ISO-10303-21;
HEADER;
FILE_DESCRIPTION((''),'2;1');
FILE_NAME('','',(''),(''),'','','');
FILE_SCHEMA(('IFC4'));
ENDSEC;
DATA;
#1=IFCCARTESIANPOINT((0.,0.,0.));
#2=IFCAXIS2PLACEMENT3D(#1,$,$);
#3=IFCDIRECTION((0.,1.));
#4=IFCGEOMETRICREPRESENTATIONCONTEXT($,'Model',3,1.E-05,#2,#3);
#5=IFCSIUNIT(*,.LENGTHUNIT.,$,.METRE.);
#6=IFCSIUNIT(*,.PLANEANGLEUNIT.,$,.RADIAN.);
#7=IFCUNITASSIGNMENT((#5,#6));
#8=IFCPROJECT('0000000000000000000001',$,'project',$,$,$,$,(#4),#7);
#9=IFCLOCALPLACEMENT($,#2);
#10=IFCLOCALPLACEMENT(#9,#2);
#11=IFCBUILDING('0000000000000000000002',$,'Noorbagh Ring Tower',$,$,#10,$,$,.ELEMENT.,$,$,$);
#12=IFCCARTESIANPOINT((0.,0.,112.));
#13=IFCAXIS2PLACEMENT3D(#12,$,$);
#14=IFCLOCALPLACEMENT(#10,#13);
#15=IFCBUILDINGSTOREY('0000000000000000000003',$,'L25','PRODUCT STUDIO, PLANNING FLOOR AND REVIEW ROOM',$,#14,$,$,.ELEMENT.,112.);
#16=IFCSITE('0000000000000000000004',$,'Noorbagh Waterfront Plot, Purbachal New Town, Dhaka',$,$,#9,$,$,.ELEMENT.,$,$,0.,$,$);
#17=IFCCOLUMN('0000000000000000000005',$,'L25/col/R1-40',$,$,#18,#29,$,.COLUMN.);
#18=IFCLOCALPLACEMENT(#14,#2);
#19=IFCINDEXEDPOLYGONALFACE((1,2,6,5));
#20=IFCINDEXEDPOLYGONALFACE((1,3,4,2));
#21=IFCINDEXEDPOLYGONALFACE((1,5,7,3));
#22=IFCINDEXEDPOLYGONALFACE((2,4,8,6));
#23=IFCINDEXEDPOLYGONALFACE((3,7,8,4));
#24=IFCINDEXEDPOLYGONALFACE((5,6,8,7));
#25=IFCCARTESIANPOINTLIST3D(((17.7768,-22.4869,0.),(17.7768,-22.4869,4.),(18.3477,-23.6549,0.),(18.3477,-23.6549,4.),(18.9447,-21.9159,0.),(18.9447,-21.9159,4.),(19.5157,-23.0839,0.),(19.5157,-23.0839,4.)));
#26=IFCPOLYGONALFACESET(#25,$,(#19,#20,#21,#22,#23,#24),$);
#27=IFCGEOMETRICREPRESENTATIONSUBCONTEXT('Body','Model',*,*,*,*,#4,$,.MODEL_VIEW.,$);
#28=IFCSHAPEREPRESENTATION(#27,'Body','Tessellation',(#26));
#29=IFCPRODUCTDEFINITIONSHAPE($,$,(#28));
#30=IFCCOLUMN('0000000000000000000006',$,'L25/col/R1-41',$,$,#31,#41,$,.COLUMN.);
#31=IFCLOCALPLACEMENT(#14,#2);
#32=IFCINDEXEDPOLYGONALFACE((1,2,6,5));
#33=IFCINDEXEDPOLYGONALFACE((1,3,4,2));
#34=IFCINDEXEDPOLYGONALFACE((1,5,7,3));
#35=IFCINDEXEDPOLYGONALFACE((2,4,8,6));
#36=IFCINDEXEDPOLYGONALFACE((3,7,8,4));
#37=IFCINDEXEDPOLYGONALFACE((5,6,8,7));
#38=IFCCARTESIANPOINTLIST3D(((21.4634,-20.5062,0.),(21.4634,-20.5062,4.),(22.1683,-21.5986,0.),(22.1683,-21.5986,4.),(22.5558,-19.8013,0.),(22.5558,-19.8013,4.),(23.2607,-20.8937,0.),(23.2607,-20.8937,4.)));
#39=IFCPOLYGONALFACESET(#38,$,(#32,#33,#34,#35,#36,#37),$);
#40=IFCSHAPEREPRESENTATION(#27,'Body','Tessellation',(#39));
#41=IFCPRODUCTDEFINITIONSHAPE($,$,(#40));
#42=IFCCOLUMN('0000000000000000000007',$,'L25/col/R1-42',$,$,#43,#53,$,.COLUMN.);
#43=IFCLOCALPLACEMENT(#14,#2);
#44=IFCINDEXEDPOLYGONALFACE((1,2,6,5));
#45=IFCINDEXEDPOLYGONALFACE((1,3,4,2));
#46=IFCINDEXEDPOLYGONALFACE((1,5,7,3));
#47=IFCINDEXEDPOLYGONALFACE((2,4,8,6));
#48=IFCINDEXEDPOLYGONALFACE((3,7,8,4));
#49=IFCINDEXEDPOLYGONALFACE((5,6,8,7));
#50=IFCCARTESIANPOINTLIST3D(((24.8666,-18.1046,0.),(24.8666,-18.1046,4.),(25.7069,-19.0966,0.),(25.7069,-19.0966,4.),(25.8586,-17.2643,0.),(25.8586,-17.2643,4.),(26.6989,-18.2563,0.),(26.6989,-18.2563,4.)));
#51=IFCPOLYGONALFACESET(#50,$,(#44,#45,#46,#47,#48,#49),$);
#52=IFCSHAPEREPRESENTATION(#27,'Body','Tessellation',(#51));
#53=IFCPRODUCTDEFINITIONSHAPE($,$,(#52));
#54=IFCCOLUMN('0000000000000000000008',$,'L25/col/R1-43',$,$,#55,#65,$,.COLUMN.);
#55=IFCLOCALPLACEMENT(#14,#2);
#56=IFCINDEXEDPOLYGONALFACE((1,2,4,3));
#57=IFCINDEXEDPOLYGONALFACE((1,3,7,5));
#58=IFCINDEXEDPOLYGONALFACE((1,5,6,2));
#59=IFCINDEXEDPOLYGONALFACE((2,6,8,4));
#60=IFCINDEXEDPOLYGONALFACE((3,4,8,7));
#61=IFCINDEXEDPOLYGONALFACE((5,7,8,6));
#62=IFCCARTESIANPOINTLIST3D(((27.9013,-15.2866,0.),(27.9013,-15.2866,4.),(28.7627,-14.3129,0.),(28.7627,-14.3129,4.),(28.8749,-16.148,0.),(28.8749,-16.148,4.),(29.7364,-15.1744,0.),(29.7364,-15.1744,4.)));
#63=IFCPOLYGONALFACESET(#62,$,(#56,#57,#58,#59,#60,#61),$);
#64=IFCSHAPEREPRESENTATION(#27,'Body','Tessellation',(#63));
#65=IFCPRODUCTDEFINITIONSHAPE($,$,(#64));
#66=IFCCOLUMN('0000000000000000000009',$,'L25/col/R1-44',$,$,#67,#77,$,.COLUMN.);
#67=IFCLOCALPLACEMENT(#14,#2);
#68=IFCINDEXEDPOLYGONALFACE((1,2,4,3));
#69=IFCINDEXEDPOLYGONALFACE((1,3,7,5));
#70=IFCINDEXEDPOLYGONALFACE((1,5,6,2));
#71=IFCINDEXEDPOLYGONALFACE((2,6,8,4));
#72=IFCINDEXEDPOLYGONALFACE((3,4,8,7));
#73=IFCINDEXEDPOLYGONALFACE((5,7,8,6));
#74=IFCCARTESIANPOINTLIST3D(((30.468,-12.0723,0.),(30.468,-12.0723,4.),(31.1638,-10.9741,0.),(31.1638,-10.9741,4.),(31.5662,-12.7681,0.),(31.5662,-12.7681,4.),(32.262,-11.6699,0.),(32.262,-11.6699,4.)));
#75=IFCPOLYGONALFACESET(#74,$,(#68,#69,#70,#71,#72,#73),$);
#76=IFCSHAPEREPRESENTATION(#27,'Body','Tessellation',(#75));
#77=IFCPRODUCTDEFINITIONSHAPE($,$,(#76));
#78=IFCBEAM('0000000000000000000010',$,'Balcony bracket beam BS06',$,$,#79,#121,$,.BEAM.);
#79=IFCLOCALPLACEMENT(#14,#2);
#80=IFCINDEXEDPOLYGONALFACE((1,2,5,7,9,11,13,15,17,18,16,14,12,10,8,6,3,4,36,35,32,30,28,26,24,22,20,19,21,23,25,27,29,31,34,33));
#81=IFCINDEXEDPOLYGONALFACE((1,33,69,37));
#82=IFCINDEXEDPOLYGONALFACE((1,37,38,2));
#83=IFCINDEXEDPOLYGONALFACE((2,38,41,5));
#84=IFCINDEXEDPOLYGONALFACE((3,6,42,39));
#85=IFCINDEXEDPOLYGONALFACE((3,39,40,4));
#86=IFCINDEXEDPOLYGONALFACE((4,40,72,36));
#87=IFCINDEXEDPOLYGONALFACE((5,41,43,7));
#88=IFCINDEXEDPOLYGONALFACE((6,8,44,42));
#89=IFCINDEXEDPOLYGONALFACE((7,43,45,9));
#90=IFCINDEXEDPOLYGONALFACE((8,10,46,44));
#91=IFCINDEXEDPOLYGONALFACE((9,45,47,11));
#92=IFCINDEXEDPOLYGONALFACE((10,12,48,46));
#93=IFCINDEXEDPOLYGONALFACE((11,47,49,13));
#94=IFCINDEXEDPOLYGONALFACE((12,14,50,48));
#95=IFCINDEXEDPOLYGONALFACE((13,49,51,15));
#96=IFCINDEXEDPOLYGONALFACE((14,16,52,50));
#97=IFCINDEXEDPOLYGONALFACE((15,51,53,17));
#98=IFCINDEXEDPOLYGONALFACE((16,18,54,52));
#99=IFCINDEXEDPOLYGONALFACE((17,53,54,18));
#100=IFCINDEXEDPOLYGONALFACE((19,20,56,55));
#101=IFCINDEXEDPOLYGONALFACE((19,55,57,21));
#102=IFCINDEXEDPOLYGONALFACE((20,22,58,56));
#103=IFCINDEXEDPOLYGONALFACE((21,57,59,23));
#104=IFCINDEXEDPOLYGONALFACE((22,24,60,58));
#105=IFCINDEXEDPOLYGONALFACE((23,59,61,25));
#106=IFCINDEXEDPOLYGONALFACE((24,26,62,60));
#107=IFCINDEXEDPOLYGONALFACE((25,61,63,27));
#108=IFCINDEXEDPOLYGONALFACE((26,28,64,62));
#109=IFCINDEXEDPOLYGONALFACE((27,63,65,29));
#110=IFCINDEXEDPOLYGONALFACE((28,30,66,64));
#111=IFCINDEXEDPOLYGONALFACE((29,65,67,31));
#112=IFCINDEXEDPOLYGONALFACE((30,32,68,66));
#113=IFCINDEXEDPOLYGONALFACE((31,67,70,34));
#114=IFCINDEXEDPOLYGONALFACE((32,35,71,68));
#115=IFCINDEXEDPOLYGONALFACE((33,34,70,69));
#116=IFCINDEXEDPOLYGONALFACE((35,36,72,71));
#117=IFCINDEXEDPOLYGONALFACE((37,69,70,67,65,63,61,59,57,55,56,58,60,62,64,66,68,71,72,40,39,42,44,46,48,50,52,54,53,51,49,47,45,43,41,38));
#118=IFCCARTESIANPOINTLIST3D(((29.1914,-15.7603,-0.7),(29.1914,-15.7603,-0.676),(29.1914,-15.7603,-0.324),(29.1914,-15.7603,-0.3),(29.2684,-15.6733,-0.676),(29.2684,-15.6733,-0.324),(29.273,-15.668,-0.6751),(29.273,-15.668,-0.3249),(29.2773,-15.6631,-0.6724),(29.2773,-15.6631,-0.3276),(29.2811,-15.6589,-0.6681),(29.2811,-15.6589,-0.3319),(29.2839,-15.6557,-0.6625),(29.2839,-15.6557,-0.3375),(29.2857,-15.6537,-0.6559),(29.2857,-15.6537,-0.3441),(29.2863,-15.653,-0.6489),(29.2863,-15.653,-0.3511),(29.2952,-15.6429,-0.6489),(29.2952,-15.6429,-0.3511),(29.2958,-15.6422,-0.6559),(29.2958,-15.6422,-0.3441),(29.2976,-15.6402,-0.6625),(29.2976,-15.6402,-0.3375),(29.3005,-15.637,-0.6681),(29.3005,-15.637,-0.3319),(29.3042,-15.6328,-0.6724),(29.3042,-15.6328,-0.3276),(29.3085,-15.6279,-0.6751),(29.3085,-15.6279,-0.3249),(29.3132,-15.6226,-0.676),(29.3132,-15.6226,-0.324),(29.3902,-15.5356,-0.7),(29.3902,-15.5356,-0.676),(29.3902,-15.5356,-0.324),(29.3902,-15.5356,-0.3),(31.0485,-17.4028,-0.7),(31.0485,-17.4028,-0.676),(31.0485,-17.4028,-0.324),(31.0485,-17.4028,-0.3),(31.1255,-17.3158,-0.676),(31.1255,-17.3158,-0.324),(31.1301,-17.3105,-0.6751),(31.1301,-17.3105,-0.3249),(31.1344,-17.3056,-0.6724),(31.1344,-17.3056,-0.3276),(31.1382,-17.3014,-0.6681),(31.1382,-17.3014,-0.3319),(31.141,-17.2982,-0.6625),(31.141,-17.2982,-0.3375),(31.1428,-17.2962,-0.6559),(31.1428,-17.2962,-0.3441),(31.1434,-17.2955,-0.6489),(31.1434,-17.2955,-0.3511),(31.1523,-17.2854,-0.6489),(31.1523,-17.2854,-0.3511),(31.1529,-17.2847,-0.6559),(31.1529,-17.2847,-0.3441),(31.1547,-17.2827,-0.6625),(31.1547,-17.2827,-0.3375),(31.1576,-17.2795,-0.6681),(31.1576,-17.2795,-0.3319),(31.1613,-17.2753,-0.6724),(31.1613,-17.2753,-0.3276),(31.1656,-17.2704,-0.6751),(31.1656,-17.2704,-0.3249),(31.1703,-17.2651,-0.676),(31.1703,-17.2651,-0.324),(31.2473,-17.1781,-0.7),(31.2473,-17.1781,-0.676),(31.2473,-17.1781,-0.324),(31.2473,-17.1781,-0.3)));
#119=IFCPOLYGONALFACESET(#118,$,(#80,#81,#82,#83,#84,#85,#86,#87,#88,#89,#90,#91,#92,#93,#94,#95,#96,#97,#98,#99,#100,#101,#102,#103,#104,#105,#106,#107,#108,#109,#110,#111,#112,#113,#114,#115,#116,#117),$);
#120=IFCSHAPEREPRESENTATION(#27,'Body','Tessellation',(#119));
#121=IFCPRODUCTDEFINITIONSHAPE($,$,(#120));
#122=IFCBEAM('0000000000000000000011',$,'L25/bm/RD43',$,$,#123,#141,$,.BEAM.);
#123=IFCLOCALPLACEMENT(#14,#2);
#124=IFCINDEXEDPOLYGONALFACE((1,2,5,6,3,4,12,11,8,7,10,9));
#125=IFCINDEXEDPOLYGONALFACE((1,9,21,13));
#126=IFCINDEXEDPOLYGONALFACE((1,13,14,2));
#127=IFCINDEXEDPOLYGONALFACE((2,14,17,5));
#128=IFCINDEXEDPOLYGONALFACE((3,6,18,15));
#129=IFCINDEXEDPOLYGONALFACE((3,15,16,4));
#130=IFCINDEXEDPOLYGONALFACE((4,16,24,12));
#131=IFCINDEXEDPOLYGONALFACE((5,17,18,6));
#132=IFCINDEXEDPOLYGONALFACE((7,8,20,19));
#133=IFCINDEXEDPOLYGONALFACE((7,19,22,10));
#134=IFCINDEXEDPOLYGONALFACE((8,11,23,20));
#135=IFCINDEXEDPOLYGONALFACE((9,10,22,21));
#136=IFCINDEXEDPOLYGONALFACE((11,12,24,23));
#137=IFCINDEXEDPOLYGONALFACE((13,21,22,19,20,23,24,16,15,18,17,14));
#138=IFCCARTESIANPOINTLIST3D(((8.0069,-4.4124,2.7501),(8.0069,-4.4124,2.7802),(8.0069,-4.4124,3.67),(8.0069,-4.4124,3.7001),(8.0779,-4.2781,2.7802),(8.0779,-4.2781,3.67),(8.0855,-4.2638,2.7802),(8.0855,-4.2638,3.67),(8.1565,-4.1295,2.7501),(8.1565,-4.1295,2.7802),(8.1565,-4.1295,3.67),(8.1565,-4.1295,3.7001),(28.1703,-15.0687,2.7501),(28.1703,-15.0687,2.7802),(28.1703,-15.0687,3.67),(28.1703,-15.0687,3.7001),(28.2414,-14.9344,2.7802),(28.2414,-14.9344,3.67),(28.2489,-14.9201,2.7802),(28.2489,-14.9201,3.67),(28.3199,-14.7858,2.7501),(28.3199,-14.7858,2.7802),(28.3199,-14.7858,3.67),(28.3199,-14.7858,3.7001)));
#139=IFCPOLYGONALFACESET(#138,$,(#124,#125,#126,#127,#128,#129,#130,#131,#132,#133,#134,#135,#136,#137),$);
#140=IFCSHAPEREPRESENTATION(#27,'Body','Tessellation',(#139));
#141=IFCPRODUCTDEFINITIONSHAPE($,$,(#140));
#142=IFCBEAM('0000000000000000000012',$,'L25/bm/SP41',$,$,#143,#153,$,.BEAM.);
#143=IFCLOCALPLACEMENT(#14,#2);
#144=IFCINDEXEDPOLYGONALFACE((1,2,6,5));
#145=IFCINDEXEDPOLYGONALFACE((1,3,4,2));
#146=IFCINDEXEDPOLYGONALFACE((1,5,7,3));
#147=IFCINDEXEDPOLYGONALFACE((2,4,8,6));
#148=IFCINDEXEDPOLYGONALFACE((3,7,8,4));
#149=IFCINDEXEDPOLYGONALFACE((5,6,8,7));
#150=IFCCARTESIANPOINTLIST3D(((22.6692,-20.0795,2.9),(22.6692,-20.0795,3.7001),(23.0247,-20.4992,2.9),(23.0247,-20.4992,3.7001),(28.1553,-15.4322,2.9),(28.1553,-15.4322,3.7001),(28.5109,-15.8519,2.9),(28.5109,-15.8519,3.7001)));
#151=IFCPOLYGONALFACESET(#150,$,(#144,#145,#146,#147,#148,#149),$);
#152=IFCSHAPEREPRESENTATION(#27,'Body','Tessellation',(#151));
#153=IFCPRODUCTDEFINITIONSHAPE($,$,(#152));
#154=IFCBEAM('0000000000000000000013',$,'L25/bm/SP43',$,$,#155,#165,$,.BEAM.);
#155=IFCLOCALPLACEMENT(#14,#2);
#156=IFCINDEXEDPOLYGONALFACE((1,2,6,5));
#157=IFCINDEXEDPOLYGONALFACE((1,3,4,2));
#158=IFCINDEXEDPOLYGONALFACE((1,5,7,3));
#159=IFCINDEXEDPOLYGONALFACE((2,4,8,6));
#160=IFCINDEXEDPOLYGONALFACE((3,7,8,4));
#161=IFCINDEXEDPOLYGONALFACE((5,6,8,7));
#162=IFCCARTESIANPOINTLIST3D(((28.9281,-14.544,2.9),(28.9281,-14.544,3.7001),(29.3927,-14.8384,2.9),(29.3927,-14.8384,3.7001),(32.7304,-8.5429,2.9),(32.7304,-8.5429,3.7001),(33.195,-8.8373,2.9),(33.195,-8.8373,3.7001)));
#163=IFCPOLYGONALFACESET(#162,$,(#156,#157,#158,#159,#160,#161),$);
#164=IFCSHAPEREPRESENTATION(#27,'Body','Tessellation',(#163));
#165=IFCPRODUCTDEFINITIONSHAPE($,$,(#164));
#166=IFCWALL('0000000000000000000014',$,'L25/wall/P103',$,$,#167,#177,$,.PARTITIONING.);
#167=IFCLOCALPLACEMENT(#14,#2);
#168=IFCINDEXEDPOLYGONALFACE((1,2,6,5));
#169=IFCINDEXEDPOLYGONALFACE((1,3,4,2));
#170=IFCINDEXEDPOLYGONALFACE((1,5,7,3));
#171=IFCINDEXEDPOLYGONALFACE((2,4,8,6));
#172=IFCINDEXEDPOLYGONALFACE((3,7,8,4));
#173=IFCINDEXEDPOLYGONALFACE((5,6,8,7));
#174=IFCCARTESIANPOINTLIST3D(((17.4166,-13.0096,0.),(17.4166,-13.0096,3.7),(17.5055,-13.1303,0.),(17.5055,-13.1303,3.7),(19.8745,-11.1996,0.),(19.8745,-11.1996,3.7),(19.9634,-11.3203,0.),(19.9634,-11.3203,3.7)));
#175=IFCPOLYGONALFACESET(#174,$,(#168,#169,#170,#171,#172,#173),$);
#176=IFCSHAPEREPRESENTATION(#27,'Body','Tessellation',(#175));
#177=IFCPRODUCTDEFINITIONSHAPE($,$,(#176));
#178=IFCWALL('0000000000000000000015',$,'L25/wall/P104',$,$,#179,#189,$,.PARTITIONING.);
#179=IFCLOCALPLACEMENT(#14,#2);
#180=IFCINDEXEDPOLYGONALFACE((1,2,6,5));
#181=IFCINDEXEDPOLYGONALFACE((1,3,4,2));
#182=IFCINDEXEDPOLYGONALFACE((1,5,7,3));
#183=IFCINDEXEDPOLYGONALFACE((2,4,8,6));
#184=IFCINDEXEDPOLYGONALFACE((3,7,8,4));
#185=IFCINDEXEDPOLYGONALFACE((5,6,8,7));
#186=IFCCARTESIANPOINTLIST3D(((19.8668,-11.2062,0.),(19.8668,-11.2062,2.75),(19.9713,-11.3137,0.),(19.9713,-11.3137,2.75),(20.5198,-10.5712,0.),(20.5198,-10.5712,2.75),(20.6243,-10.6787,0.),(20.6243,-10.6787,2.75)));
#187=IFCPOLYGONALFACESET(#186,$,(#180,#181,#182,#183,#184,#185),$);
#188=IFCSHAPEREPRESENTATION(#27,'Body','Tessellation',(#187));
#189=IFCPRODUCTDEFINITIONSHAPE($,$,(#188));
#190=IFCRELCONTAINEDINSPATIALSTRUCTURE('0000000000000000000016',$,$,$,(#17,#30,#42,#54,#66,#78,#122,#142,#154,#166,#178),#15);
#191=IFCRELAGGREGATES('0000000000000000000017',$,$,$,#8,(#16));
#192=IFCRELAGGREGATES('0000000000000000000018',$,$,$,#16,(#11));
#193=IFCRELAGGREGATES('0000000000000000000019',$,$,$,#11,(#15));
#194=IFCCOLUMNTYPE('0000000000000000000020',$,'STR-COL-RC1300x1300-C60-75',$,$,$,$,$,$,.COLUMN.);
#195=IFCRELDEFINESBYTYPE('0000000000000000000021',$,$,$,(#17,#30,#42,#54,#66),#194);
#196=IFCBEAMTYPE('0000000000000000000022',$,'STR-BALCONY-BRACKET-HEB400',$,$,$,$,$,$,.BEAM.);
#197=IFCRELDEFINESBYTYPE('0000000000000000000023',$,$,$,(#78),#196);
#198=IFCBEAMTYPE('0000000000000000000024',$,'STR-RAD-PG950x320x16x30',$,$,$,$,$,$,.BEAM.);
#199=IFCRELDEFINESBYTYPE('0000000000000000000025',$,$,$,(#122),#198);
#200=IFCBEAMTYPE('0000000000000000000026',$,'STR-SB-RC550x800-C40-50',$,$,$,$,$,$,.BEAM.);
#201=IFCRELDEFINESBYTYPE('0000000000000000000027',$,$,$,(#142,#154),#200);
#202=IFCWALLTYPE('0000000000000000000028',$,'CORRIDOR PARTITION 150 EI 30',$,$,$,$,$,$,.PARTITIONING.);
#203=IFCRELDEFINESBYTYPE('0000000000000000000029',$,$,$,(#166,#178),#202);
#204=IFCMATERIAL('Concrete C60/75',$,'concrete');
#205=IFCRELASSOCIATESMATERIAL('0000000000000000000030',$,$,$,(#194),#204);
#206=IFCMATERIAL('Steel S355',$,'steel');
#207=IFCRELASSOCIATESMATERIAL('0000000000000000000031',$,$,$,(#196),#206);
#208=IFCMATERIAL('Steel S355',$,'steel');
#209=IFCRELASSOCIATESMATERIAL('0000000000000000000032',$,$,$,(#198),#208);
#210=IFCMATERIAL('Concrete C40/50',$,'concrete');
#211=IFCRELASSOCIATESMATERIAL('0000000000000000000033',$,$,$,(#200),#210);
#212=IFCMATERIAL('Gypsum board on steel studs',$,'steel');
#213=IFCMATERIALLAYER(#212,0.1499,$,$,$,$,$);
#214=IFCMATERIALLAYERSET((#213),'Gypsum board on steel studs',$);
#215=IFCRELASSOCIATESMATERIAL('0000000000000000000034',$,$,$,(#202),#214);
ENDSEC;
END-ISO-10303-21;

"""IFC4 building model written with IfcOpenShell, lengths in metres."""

from ifc_helpers import new_model, si_unit, direction, frame, frame_2d, origin, origin_2d, place, context, subcontext, project, spatial, rectangle, i_section, extrude, material, layer, layer_set, material_profile, profile_set, type_object, element, save


model = new_model("IFC4")

# Units and contexts
model_context = context("Model", 3, precision=1e-05, world=origin(), true_north=direction((0.0, 1.0)))
body_context = subcontext(model_context, "Body", "Model", "MODEL_VIEW")
ifc_project = project(units=[si_unit("LENGTHUNIT", "METRE"), si_unit("PLANEANGLEUNIT", "RADIAN")], contexts=[model_context])

# Site, building, storey
site_placement = place(None, origin())
site = spatial("IfcSite", under=ifc_project, at=site_placement, Name="Noorbagh Waterfront Plot, Purbachal New Town, Dhaka", CompositionType="ELEMENT", RefElevation=0.0)
building_placement = place(site_placement, origin())
building = spatial("IfcBuilding", under=site, at=building_placement, Name="Noorbagh Ring Tower", CompositionType="ELEMENT")
storey_placement = place(building_placement, frame((0.0, 0.0, 112.0)))
storey = spatial("IfcBuildingStorey", under=building, at=storey_placement, Name="L25", Description="PRODUCT STUDIO, PLANNING FLOOR AND REVIEW ROOM", CompositionType="ELEMENT", Elevation=112.0)

# Columns
ifc_material_1 = material(Name="Concrete C60/75", Category="concrete")
ifc_material_profile_1 = material_profile(ifc_material_1, rectangle(XDim=1.3, YDim=1.3, at=origin_2d()), Name="RC1300x1300")
ifc_profile_set_1 = profile_set([ifc_material_profile_1], Name="Concrete C60/75")
column_type = type_object("IfcColumnType", Name="STR-COL-RC1300x1300-C60-75", PredefinedType="COLUMN", material=ifc_profile_set_1)
for number, where, z_axis, x_axis, name in (
    (1, (18.6462, -22.7854, 0.0), (0.0, 0.0, 1.0), (0.898399, 0.43918, 0.0), "L25/col/R1-40"),
    (2, (22.3621, -20.7, 0.0), (0.0, 0.0, 1.0), (0.840248, 0.542203, 0.0), "L25/col/R1-41"),
    (3, (25.7827, -18.1804, 0.0), (0.0, 0.0, 1.0), (0.763035, 0.646357, 0.0), "L25/col/R1-42"),
    (4, (28.8188, -15.2305, 0.0), (0.0, 0.0, 1.0), (0.662636, 0.748942, 0.0), "L25/col/R1-43"),
    (5, (31.365, -11.8711, 0.0), (0.0, 0.0, 1.0), (0.53519, 0.844731, 0.0), "L25/col/R1-44"),
):
    element("IfcColumn", number, at=place(storey_placement, frame(where, z_axis=z_axis, x_axis=x_axis)), inside=storey, type_object=column_type, Name=name, PredefinedType="COLUMN", context=body_context, shape_type="SweptSolid", body=[
        extrude(rectangle(XDim=1.3, YDim=1.3, at=origin_2d()), origin(), (0.0, 0.0, 1.0), 4.0),
    ])

# Beams
ifc_material_2 = material(Name="Steel S355", Category="steel")
ifc_material_profile_2 = material_profile(ifc_material_2, i_section(OverallWidth=0.3, OverallDepth=0.3999, WebThickness=0.0134, FlangeThickness=0.0239, FilletRadius=0.0271, at=origin_2d()), Name="HEB400")
ifc_profile_set_2 = profile_set([ifc_material_profile_2], Name="Steel S355")
beam_type_1 = type_object("IfcBeamType", Name="STR-BALCONY-BRACKET-HEB400", PredefinedType="BEAM", material=ifc_profile_set_2)
beam_1_placement = place(storey_placement, frame((29.2908, -15.6479, -0.5), z_axis=(0.749059, -0.662504, 0.0), x_axis=(0.662504, 0.749059, 0.0)))
element("IfcBeam", 6, at=beam_1_placement, inside=storey, type_object=beam_type_1, Name="Balcony bracket beam BS06", PredefinedType="BEAM", context=body_context, shape_type="SweptSolid", body=[
    extrude(i_section(OverallWidth=0.3, OverallDepth=0.3999, WebThickness=0.0134, FlangeThickness=0.0239, FilletRadius=0.0271, at=origin_2d()), origin(), (0.0, 0.0, 1.0), 2.4792),
])
ifc_material_3 = material(Name="Steel S355", Category="steel")
ifc_material_profile_3 = material_profile(ifc_material_3, i_section(OverallWidth=0.3201, OverallDepth=0.95, WebThickness=0.0161, FlangeThickness=0.03, at=origin_2d()), Name="PG950x320x16x30")
ifc_profile_set_3 = profile_set([ifc_material_profile_3], Name="Steel S355")
beam_type_2 = type_object("IfcBeamType", Name="STR-RAD-PG950x320x16x30", PredefinedType="BEAM", material=ifc_profile_set_3)
beam_2_placement = place(storey_placement, frame((28.2451, -14.9272, 3.2251), z_axis=(-0.884122, 0.467256, 0.0), x_axis=(-0.467256, -0.884122, 0.0)))
element("IfcBeam", 7, at=beam_2_placement, inside=storey, type_object=beam_type_2, Name="L25/bm/RD43", PredefinedType="BEAM", context=body_context, shape_type="SweptSolid", body=[
    extrude(i_section(OverallWidth=0.3201, OverallDepth=0.95, WebThickness=0.0161, FlangeThickness=0.03, at=origin_2d()), origin(), (0.0, 0.0, 1.0), 22.8062),
])
ifc_material_4 = material(Name="Concrete C40/50", Category="concrete")
ifc_material_profile_4 = material_profile(ifc_material_4, rectangle(XDim=0.55, YDim=0.8, at=origin_2d()), Name="RC550x800")
ifc_profile_set_4 = profile_set([ifc_material_profile_4], Name="Concrete C40/50")
beam_type_3 = type_object("IfcBeamType", Name="STR-SB-RC550x800-C40-50", PredefinedType="BEAM", material=ifc_profile_set_4)
beam_3_placement = place(storey_placement, frame((22.8469, -20.2893, 3.3), z_axis=(0.763033, 0.646359, 0.0), x_axis=(-0.646359, 0.763033, 0.0)))
element("IfcBeam", 8, at=beam_3_placement, inside=storey, type_object=beam_type_3, Name="L25/bm/SP41", PredefinedType="BEAM", context=body_context, shape_type="SweptSolid", body=[
    extrude(rectangle(XDim=0.55, YDim=0.8, at=origin_2d()), origin(), (0.0, 0.0, 1.0), 7.1899),
])
beam_4_placement = place(storey_placement, frame((29.1604, -14.6912, 3.3), z_axis=(0.535216, 0.844715, 0.0), x_axis=(-0.844715, 0.535216, 0.0)))
element("IfcBeam", 9, at=beam_4_placement, inside=storey, type_object=beam_type_3, Name="L25/bm/SP43", PredefinedType="BEAM", context=body_context, shape_type="SweptSolid", body=[
    extrude(rectangle(XDim=0.55, YDim=0.8, at=origin_2d()), origin(), (0.0, 0.0, 1.0), 7.1042),
])

# Walls
ifc_material_5 = material(Name="Gypsum board on steel studs", Category="steel")
ifc_layer_1 = layer(ifc_material_5, 0.1499)
ifc_layer_set_1 = layer_set([ifc_layer_1], Name="Gypsum board on steel studs")
wall_type_1 = type_object("IfcWallType", Name="CORRIDOR PARTITION 150 EI 30", PredefinedType="PARTITIONING", material=ifc_layer_set_1)
wall_1_placement = place(storey_placement, frame((17.4609, -13.0701, 0.0), z_axis=(0.0, 0.0, 1.0), x_axis=(0.805229, 0.592964, 0.0)))
element("IfcWall", 10, at=wall_1_placement, inside=storey, type_object=wall_type_1, Name="L25/wall/P103", PredefinedType="PARTITIONING", context=body_context, shape_type="SweptSolid", body=[
    extrude(rectangle(XDim=3.0525, YDim=0.1499, at=frame_2d((1.5264, 0.0))), origin(), (0.0, 0.0, 1.0), 3.7),
])
wall_2_placement = place(storey_placement, frame((19.9189, -11.26, 0.0), z_axis=(0.0, 0.0, 1.0), x_axis=(0.716954, 0.69712, 0.0)))
element("IfcWall", 11, at=wall_2_placement, inside=storey, type_object=wall_type_1, Name="L25/wall/P104", PredefinedType="PARTITIONING", context=body_context, shape_type="SweptSolid", body=[
    extrude(rectangle(XDim=0.9109, YDim=0.1499, at=frame_2d((0.4556, 0.0))), origin(), (0.0, 0.0, 1.0), 2.75),
])

save(model, "model.ifc")
